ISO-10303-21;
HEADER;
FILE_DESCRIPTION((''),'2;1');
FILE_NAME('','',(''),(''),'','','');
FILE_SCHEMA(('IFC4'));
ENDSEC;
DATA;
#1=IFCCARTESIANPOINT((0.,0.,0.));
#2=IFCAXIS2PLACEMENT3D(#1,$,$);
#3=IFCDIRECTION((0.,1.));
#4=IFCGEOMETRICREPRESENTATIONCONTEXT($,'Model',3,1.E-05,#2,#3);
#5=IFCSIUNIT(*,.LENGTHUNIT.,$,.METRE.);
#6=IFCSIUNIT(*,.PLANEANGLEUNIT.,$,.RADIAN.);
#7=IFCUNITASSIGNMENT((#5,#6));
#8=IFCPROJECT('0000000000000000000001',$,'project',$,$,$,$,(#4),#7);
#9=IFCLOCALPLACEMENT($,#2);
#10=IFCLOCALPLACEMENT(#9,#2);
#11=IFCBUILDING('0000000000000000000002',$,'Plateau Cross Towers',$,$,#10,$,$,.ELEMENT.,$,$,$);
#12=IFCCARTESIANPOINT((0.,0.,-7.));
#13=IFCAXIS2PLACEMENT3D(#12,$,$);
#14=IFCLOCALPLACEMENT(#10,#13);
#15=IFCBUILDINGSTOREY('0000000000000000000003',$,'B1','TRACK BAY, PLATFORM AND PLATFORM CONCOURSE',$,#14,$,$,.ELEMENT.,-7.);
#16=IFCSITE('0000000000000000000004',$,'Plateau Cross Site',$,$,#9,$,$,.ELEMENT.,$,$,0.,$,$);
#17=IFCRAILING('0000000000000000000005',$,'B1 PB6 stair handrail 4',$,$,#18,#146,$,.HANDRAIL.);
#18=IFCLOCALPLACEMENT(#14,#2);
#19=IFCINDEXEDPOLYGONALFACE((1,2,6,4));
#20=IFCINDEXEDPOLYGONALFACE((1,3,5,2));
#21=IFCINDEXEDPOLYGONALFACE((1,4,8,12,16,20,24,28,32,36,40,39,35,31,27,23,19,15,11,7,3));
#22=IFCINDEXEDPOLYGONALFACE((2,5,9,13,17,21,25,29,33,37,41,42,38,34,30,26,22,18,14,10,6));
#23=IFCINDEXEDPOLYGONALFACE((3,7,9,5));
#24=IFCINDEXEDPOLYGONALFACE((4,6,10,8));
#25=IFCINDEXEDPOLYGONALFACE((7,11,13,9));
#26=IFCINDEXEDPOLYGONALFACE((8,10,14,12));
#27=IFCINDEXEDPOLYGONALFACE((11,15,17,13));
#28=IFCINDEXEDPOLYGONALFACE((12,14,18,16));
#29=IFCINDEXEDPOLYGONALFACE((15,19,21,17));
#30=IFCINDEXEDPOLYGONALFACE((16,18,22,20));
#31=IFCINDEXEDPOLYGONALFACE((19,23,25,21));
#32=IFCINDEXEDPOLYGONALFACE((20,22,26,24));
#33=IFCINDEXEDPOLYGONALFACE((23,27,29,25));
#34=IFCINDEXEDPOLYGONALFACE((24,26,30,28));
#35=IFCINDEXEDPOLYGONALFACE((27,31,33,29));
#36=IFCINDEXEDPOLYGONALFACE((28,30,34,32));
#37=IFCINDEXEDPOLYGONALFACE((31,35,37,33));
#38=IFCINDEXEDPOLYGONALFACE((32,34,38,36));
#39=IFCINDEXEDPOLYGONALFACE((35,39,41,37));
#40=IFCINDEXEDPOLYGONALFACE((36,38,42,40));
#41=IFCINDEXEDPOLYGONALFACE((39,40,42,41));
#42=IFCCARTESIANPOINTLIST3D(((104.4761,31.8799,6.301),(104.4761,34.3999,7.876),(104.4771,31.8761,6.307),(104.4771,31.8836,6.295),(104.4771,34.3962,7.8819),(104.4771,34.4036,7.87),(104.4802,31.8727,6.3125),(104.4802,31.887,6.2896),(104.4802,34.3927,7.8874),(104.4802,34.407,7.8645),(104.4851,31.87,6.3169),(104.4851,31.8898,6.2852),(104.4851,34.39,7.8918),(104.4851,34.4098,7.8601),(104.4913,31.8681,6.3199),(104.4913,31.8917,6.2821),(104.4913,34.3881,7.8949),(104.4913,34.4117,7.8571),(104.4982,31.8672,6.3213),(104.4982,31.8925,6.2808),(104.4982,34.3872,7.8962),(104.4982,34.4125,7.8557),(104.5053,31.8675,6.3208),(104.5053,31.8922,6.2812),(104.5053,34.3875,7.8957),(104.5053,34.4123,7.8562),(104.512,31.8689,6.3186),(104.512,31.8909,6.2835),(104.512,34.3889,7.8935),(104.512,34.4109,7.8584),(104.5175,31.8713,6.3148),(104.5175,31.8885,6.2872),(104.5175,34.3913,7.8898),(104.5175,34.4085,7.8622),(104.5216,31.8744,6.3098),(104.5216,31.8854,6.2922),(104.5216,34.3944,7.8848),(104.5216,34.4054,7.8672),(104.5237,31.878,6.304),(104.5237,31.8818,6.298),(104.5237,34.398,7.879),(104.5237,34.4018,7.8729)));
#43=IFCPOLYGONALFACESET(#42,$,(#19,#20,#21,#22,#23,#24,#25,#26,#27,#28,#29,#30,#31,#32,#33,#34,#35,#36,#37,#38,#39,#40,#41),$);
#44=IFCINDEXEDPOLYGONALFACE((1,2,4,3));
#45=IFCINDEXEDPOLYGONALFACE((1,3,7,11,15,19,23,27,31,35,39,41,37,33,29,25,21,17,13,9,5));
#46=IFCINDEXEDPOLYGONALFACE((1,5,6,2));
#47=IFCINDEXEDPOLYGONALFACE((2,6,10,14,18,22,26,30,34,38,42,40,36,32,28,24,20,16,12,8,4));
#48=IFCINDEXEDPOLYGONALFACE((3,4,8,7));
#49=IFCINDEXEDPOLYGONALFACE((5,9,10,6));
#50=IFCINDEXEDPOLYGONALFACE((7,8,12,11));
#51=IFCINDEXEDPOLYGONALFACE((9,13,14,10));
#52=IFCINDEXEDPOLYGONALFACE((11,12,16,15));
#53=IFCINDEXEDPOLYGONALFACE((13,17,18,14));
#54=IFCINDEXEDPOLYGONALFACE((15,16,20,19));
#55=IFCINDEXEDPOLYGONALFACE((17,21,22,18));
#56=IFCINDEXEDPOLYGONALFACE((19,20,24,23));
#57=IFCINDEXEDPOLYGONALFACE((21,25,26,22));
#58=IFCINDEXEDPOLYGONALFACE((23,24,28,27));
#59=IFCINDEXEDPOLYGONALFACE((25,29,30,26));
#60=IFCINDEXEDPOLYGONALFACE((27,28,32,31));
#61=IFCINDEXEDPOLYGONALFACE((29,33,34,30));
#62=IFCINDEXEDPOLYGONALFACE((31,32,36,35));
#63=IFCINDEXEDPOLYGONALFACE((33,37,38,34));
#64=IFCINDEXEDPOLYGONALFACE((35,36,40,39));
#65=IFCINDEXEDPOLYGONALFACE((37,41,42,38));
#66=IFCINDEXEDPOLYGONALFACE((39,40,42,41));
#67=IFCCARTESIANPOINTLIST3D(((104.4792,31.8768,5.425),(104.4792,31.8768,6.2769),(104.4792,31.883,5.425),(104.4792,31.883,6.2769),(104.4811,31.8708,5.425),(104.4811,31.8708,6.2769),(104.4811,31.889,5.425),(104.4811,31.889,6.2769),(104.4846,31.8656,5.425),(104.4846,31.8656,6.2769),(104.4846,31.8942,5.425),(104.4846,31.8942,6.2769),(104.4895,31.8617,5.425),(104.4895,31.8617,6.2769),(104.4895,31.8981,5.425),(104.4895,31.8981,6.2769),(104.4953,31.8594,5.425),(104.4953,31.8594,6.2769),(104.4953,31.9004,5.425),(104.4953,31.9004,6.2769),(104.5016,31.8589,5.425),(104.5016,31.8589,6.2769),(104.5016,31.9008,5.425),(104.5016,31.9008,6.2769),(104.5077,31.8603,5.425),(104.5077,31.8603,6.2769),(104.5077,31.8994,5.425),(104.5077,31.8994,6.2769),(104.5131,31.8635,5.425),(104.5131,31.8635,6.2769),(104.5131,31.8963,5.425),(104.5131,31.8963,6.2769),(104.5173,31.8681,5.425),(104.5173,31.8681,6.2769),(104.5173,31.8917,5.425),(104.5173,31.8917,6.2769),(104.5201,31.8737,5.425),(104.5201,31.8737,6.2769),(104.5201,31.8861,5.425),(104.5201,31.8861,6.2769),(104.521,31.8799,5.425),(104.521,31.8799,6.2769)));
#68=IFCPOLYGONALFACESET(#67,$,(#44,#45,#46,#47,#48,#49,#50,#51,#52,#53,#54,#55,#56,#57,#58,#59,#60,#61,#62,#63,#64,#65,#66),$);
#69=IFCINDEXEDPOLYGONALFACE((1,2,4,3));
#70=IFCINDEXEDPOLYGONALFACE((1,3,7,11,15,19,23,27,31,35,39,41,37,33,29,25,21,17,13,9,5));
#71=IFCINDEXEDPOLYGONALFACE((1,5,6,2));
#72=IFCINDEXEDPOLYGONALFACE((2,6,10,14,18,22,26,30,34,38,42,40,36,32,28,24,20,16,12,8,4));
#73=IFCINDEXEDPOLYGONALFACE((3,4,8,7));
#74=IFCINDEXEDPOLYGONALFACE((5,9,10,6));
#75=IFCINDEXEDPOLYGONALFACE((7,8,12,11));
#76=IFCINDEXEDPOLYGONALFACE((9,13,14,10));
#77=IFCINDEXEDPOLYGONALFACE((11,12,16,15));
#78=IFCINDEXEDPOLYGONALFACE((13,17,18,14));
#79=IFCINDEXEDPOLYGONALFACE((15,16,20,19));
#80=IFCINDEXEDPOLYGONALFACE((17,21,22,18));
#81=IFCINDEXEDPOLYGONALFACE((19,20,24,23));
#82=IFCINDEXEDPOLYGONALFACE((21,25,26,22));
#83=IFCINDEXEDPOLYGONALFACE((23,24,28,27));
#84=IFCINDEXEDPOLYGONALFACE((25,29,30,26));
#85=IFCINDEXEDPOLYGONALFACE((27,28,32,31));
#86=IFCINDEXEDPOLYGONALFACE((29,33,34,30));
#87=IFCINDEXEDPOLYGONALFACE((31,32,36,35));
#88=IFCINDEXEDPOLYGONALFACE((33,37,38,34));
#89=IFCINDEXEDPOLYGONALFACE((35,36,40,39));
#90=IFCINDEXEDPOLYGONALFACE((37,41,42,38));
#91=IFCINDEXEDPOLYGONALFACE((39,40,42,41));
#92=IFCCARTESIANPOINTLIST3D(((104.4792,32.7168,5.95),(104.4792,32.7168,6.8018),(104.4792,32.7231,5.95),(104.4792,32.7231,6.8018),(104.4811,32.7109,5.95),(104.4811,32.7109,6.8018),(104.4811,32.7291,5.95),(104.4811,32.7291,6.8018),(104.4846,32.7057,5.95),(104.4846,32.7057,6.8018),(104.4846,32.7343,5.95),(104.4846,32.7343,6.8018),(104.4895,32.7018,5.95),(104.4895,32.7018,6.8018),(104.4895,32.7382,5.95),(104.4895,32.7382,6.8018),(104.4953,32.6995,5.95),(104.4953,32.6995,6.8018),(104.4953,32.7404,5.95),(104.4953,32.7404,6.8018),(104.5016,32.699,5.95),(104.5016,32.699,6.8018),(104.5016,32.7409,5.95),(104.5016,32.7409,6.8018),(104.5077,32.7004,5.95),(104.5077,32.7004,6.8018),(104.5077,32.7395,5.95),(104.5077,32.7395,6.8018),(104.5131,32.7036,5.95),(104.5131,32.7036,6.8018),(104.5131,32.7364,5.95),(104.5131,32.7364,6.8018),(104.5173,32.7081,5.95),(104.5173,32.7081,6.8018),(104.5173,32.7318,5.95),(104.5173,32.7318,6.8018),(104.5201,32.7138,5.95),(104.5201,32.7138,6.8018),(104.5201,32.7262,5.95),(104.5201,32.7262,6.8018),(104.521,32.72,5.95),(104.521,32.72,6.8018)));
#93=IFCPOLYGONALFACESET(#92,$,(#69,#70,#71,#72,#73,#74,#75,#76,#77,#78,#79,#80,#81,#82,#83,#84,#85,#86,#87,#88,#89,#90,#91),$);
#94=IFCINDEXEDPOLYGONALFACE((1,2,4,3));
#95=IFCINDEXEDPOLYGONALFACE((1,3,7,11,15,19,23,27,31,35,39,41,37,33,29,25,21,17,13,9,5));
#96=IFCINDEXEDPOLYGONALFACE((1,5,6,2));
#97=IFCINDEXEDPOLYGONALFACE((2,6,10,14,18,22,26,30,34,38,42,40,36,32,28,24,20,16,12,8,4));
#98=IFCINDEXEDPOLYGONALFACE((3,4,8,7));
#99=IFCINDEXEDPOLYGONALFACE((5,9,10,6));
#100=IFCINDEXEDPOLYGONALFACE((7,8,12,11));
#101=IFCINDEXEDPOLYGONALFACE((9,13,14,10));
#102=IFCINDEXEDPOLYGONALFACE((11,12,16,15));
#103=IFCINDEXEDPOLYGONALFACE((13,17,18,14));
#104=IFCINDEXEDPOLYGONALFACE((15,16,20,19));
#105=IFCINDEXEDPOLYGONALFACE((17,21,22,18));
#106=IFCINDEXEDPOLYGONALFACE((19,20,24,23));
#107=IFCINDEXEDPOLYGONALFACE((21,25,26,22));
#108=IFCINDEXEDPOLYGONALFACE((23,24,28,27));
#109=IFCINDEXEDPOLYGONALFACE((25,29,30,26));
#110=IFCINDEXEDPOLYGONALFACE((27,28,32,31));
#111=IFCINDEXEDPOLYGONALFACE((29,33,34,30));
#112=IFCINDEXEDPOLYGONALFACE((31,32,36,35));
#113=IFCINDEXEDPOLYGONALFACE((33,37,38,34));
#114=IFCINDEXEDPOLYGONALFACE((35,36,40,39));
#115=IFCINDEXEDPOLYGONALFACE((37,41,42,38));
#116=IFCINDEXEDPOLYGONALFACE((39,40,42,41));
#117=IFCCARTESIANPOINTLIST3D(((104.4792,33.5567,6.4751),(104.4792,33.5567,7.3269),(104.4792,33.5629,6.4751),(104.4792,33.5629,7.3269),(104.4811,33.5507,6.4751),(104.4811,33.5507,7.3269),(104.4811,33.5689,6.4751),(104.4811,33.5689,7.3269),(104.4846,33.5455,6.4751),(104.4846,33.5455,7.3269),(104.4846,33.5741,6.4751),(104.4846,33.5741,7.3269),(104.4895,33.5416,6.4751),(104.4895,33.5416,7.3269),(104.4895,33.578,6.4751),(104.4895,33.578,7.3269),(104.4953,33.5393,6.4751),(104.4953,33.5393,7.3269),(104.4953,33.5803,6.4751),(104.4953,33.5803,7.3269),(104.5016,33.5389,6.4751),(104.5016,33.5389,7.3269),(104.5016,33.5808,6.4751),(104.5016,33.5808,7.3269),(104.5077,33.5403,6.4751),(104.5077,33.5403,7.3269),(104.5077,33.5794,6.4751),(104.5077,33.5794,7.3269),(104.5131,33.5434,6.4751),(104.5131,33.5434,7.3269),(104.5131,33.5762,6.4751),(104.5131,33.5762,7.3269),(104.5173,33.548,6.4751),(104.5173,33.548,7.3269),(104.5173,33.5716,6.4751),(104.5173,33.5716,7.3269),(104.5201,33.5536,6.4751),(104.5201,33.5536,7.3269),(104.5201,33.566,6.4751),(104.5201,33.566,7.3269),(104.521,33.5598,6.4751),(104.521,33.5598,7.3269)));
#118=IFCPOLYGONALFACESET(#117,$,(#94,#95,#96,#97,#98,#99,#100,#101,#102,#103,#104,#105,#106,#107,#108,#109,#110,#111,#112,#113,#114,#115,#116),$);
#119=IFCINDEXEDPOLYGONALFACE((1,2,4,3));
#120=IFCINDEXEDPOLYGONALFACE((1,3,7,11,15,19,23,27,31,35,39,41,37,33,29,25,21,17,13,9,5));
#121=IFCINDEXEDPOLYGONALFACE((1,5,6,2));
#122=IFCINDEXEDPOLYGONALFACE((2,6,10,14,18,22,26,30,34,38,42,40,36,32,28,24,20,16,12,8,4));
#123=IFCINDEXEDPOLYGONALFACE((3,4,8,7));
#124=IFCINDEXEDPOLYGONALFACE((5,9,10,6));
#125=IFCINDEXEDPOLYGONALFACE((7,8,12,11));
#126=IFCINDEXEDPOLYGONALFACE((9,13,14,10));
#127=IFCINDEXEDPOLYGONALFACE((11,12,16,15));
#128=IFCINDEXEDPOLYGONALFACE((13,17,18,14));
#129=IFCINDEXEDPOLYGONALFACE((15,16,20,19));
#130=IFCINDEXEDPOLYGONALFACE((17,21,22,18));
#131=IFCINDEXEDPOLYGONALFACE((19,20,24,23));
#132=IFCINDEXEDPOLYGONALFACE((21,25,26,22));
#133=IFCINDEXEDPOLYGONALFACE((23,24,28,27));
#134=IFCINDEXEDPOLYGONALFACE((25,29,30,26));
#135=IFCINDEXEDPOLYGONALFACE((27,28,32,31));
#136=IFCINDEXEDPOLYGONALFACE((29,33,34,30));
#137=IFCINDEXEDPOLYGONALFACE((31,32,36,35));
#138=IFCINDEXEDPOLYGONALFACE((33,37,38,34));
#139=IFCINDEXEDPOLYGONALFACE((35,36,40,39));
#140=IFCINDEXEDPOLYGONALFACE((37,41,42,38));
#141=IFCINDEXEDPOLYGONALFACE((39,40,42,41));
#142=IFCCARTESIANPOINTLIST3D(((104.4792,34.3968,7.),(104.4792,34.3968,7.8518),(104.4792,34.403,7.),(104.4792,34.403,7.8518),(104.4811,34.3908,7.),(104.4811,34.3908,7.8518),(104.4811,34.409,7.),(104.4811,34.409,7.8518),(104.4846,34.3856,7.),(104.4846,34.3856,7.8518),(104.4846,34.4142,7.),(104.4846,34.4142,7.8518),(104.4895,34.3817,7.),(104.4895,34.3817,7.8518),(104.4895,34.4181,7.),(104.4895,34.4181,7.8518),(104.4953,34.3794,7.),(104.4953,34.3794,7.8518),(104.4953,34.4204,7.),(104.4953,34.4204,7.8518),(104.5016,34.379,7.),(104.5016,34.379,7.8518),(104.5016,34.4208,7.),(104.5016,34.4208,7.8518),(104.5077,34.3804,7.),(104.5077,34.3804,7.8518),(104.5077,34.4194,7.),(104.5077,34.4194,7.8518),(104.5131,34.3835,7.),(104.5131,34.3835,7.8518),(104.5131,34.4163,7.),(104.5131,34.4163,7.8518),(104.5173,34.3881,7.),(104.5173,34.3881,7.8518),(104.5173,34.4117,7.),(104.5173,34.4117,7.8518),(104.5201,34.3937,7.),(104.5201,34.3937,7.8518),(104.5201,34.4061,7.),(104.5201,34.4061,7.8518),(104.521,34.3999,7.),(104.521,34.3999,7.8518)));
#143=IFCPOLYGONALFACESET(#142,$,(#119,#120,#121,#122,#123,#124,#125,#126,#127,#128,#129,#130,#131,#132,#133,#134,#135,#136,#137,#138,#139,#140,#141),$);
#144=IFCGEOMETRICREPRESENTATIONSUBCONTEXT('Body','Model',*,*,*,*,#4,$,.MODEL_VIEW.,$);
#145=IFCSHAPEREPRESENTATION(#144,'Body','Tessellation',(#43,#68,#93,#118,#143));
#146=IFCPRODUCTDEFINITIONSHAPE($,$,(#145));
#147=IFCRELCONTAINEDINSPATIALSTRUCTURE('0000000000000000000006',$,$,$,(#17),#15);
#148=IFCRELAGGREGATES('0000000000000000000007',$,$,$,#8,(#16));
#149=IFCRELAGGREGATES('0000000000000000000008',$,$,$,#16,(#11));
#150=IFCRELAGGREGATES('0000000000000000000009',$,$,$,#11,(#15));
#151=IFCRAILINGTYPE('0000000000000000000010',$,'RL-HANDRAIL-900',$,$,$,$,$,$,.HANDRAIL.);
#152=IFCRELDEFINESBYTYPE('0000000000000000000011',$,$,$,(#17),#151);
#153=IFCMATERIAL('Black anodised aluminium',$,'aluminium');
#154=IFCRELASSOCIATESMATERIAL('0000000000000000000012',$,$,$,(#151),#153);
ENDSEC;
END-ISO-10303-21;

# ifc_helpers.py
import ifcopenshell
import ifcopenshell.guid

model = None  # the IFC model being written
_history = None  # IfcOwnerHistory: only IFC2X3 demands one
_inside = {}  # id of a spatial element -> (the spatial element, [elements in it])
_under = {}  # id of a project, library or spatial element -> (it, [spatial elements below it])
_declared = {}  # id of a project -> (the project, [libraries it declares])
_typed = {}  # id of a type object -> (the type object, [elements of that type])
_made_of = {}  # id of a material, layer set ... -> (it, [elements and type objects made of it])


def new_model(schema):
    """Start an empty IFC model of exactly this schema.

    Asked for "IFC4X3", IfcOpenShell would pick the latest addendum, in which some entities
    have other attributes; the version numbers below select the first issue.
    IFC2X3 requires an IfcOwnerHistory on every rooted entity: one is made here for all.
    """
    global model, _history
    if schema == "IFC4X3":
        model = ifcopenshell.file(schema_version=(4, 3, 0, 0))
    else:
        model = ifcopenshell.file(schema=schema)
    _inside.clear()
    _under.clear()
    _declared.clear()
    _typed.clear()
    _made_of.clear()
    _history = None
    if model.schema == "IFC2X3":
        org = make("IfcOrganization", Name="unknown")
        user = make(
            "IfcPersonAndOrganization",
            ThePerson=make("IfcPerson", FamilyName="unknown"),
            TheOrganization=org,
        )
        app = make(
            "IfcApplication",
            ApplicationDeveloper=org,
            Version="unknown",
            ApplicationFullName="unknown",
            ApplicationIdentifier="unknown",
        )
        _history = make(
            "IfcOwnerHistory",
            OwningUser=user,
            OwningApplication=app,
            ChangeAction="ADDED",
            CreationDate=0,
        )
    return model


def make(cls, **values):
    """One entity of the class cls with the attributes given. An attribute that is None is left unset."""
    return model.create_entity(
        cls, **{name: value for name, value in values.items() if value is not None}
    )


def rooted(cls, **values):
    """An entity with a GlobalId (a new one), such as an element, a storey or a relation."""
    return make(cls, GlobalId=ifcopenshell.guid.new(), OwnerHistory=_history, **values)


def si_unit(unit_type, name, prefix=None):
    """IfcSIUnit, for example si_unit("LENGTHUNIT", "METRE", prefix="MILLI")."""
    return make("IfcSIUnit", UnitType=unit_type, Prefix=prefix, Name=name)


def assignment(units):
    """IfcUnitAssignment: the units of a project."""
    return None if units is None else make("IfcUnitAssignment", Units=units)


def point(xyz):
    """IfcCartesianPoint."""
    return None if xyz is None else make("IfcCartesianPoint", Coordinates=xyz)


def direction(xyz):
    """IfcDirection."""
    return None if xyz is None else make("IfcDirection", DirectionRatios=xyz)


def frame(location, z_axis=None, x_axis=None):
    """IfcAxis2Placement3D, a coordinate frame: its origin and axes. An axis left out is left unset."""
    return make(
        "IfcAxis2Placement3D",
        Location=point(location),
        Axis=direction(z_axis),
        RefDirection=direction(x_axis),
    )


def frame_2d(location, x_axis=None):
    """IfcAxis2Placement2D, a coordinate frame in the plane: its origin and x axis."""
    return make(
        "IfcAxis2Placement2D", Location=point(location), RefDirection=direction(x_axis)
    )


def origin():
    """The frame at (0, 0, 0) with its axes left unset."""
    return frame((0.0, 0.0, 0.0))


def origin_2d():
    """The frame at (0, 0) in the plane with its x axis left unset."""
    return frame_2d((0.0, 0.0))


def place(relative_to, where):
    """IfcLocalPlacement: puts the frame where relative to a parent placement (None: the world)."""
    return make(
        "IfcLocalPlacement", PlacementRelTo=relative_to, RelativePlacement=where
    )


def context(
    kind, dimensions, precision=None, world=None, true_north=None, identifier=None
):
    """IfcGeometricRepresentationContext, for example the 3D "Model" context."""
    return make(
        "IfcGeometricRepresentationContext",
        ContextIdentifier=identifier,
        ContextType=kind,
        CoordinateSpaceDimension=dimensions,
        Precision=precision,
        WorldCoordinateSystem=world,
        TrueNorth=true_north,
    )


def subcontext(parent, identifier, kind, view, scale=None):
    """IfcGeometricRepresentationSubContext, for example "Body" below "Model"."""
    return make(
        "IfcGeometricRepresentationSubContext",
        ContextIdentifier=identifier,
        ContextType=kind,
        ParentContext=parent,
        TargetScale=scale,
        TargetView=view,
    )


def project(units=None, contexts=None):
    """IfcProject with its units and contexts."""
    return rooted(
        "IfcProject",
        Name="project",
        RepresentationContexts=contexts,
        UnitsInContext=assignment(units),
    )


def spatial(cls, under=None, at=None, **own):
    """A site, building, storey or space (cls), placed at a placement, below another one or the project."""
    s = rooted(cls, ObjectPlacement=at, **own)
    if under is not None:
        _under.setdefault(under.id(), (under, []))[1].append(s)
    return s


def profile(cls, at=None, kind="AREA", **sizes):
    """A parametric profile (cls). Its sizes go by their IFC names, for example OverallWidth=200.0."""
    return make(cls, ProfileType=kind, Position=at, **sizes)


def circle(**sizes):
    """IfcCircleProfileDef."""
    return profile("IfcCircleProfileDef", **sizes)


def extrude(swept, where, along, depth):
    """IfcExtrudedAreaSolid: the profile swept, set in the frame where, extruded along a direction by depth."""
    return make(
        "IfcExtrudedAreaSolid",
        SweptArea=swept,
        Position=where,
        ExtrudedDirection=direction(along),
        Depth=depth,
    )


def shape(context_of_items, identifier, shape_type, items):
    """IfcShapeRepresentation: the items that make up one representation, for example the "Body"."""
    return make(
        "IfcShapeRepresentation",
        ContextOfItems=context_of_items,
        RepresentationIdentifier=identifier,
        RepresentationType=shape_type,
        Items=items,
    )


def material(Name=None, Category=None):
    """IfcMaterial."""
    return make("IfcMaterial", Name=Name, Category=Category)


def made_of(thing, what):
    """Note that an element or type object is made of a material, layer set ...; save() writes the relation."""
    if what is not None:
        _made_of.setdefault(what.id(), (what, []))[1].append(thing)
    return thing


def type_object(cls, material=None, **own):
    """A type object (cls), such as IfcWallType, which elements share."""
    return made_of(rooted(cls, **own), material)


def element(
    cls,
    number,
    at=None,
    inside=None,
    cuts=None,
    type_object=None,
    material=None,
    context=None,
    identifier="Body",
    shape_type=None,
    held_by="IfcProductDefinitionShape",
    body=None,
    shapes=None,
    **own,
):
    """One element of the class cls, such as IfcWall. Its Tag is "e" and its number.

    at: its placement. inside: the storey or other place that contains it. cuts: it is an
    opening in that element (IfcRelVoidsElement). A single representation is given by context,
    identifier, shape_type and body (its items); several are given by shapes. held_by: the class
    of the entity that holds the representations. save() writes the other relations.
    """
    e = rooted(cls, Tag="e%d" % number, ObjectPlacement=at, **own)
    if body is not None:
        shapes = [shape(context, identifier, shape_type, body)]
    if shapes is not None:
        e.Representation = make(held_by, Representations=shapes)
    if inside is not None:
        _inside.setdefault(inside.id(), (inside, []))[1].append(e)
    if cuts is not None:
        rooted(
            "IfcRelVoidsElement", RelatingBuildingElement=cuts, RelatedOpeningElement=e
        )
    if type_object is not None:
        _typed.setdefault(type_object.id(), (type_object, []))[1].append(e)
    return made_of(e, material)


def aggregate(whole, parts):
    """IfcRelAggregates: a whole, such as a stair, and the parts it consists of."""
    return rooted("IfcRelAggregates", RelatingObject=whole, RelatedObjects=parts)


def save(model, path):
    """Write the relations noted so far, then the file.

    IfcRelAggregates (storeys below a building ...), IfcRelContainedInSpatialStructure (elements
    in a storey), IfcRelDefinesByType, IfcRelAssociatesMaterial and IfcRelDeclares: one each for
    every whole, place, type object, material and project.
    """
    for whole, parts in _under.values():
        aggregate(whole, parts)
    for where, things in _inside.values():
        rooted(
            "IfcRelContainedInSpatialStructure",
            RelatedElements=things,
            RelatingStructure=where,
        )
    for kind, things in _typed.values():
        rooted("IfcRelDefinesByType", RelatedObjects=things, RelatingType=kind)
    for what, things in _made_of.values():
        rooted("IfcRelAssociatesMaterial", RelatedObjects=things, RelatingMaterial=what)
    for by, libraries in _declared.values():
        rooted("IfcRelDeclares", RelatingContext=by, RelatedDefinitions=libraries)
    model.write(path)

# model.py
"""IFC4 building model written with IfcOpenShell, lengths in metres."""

from ifc_helpers import new_model, si_unit, direction, frame, origin, origin_2d, place, context, subcontext, project, spatial, circle, extrude, material, type_object, element, save


model = new_model("IFC4")

# Units and contexts
model_context = context("Model", 3, precision=1e-05, world=origin(), true_north=direction((0.0, 1.0)))
body_context = subcontext(model_context, "Body", "Model", "MODEL_VIEW")
ifc_project = project(units=[si_unit("LENGTHUNIT", "METRE"), si_unit("PLANEANGLEUNIT", "RADIAN")], contexts=[model_context])

# Site, building, storey
site_placement = place(None, origin())
site = spatial("IfcSite", under=ifc_project, at=site_placement, Name="Plateau Cross Site", CompositionType="ELEMENT", RefElevation=0.0)
building_placement = place(site_placement, origin())
building = spatial("IfcBuilding", under=site, at=building_placement, Name="Plateau Cross Towers", CompositionType="ELEMENT")
storey_placement = place(building_placement, frame((0.0, 0.0, -7.0)))
storey = spatial("IfcBuildingStorey", under=building, at=storey_placement, Name="B1", Description="TRACK BAY, PLATFORM AND PLATFORM CONCOURSE", CompositionType="ELEMENT", Elevation=-7.0)

# Railing
ifc_material_1 = material(Name="Black anodised aluminium", Category="aluminium")
railing_type_1 = type_object("IfcRailingType", Name="RL-HANDRAIL-900", PredefinedType="HANDRAIL", material=ifc_material_1)
railing_1_placement = place(storey_placement, frame((104.5, 31.8799, 5.425)))
element("IfcRailing", 1, at=railing_1_placement, inside=storey, type_object=railing_type_1, Name="B1 PB6 stair handrail 4", PredefinedType="HANDRAIL", context=body_context, shape_type="SweptSolid", body=[
    extrude(circle(Radius=0.0239, at=origin_2d()), frame((0.0, 0.0, 0.876), z_axis=(0.0, 0.848008, 0.529984), x_axis=(-1.0, 0.0, 0.0)), (0.0, 0.0, 1.0), 2.9717),
    extrude(circle(Radius=0.021, at=origin_2d()), origin(), (0.0, 0.0, 1.0), 0.8518),
    extrude(circle(Radius=0.021, at=origin_2d()), frame((0.0, 0.8401, 0.5249)), (0.0, 0.0, 1.0), 0.8518),
    extrude(circle(Radius=0.021, at=origin_2d()), frame((0.0, 1.6799, 1.05)), (0.0, 0.0, 1.0), 0.8518),
    extrude(circle(Radius=0.021, at=origin_2d()), frame((0.0, 2.52, 1.575)), (0.0, 0.0, 1.0), 0.8518),
])

save(model, "model.ifc")
